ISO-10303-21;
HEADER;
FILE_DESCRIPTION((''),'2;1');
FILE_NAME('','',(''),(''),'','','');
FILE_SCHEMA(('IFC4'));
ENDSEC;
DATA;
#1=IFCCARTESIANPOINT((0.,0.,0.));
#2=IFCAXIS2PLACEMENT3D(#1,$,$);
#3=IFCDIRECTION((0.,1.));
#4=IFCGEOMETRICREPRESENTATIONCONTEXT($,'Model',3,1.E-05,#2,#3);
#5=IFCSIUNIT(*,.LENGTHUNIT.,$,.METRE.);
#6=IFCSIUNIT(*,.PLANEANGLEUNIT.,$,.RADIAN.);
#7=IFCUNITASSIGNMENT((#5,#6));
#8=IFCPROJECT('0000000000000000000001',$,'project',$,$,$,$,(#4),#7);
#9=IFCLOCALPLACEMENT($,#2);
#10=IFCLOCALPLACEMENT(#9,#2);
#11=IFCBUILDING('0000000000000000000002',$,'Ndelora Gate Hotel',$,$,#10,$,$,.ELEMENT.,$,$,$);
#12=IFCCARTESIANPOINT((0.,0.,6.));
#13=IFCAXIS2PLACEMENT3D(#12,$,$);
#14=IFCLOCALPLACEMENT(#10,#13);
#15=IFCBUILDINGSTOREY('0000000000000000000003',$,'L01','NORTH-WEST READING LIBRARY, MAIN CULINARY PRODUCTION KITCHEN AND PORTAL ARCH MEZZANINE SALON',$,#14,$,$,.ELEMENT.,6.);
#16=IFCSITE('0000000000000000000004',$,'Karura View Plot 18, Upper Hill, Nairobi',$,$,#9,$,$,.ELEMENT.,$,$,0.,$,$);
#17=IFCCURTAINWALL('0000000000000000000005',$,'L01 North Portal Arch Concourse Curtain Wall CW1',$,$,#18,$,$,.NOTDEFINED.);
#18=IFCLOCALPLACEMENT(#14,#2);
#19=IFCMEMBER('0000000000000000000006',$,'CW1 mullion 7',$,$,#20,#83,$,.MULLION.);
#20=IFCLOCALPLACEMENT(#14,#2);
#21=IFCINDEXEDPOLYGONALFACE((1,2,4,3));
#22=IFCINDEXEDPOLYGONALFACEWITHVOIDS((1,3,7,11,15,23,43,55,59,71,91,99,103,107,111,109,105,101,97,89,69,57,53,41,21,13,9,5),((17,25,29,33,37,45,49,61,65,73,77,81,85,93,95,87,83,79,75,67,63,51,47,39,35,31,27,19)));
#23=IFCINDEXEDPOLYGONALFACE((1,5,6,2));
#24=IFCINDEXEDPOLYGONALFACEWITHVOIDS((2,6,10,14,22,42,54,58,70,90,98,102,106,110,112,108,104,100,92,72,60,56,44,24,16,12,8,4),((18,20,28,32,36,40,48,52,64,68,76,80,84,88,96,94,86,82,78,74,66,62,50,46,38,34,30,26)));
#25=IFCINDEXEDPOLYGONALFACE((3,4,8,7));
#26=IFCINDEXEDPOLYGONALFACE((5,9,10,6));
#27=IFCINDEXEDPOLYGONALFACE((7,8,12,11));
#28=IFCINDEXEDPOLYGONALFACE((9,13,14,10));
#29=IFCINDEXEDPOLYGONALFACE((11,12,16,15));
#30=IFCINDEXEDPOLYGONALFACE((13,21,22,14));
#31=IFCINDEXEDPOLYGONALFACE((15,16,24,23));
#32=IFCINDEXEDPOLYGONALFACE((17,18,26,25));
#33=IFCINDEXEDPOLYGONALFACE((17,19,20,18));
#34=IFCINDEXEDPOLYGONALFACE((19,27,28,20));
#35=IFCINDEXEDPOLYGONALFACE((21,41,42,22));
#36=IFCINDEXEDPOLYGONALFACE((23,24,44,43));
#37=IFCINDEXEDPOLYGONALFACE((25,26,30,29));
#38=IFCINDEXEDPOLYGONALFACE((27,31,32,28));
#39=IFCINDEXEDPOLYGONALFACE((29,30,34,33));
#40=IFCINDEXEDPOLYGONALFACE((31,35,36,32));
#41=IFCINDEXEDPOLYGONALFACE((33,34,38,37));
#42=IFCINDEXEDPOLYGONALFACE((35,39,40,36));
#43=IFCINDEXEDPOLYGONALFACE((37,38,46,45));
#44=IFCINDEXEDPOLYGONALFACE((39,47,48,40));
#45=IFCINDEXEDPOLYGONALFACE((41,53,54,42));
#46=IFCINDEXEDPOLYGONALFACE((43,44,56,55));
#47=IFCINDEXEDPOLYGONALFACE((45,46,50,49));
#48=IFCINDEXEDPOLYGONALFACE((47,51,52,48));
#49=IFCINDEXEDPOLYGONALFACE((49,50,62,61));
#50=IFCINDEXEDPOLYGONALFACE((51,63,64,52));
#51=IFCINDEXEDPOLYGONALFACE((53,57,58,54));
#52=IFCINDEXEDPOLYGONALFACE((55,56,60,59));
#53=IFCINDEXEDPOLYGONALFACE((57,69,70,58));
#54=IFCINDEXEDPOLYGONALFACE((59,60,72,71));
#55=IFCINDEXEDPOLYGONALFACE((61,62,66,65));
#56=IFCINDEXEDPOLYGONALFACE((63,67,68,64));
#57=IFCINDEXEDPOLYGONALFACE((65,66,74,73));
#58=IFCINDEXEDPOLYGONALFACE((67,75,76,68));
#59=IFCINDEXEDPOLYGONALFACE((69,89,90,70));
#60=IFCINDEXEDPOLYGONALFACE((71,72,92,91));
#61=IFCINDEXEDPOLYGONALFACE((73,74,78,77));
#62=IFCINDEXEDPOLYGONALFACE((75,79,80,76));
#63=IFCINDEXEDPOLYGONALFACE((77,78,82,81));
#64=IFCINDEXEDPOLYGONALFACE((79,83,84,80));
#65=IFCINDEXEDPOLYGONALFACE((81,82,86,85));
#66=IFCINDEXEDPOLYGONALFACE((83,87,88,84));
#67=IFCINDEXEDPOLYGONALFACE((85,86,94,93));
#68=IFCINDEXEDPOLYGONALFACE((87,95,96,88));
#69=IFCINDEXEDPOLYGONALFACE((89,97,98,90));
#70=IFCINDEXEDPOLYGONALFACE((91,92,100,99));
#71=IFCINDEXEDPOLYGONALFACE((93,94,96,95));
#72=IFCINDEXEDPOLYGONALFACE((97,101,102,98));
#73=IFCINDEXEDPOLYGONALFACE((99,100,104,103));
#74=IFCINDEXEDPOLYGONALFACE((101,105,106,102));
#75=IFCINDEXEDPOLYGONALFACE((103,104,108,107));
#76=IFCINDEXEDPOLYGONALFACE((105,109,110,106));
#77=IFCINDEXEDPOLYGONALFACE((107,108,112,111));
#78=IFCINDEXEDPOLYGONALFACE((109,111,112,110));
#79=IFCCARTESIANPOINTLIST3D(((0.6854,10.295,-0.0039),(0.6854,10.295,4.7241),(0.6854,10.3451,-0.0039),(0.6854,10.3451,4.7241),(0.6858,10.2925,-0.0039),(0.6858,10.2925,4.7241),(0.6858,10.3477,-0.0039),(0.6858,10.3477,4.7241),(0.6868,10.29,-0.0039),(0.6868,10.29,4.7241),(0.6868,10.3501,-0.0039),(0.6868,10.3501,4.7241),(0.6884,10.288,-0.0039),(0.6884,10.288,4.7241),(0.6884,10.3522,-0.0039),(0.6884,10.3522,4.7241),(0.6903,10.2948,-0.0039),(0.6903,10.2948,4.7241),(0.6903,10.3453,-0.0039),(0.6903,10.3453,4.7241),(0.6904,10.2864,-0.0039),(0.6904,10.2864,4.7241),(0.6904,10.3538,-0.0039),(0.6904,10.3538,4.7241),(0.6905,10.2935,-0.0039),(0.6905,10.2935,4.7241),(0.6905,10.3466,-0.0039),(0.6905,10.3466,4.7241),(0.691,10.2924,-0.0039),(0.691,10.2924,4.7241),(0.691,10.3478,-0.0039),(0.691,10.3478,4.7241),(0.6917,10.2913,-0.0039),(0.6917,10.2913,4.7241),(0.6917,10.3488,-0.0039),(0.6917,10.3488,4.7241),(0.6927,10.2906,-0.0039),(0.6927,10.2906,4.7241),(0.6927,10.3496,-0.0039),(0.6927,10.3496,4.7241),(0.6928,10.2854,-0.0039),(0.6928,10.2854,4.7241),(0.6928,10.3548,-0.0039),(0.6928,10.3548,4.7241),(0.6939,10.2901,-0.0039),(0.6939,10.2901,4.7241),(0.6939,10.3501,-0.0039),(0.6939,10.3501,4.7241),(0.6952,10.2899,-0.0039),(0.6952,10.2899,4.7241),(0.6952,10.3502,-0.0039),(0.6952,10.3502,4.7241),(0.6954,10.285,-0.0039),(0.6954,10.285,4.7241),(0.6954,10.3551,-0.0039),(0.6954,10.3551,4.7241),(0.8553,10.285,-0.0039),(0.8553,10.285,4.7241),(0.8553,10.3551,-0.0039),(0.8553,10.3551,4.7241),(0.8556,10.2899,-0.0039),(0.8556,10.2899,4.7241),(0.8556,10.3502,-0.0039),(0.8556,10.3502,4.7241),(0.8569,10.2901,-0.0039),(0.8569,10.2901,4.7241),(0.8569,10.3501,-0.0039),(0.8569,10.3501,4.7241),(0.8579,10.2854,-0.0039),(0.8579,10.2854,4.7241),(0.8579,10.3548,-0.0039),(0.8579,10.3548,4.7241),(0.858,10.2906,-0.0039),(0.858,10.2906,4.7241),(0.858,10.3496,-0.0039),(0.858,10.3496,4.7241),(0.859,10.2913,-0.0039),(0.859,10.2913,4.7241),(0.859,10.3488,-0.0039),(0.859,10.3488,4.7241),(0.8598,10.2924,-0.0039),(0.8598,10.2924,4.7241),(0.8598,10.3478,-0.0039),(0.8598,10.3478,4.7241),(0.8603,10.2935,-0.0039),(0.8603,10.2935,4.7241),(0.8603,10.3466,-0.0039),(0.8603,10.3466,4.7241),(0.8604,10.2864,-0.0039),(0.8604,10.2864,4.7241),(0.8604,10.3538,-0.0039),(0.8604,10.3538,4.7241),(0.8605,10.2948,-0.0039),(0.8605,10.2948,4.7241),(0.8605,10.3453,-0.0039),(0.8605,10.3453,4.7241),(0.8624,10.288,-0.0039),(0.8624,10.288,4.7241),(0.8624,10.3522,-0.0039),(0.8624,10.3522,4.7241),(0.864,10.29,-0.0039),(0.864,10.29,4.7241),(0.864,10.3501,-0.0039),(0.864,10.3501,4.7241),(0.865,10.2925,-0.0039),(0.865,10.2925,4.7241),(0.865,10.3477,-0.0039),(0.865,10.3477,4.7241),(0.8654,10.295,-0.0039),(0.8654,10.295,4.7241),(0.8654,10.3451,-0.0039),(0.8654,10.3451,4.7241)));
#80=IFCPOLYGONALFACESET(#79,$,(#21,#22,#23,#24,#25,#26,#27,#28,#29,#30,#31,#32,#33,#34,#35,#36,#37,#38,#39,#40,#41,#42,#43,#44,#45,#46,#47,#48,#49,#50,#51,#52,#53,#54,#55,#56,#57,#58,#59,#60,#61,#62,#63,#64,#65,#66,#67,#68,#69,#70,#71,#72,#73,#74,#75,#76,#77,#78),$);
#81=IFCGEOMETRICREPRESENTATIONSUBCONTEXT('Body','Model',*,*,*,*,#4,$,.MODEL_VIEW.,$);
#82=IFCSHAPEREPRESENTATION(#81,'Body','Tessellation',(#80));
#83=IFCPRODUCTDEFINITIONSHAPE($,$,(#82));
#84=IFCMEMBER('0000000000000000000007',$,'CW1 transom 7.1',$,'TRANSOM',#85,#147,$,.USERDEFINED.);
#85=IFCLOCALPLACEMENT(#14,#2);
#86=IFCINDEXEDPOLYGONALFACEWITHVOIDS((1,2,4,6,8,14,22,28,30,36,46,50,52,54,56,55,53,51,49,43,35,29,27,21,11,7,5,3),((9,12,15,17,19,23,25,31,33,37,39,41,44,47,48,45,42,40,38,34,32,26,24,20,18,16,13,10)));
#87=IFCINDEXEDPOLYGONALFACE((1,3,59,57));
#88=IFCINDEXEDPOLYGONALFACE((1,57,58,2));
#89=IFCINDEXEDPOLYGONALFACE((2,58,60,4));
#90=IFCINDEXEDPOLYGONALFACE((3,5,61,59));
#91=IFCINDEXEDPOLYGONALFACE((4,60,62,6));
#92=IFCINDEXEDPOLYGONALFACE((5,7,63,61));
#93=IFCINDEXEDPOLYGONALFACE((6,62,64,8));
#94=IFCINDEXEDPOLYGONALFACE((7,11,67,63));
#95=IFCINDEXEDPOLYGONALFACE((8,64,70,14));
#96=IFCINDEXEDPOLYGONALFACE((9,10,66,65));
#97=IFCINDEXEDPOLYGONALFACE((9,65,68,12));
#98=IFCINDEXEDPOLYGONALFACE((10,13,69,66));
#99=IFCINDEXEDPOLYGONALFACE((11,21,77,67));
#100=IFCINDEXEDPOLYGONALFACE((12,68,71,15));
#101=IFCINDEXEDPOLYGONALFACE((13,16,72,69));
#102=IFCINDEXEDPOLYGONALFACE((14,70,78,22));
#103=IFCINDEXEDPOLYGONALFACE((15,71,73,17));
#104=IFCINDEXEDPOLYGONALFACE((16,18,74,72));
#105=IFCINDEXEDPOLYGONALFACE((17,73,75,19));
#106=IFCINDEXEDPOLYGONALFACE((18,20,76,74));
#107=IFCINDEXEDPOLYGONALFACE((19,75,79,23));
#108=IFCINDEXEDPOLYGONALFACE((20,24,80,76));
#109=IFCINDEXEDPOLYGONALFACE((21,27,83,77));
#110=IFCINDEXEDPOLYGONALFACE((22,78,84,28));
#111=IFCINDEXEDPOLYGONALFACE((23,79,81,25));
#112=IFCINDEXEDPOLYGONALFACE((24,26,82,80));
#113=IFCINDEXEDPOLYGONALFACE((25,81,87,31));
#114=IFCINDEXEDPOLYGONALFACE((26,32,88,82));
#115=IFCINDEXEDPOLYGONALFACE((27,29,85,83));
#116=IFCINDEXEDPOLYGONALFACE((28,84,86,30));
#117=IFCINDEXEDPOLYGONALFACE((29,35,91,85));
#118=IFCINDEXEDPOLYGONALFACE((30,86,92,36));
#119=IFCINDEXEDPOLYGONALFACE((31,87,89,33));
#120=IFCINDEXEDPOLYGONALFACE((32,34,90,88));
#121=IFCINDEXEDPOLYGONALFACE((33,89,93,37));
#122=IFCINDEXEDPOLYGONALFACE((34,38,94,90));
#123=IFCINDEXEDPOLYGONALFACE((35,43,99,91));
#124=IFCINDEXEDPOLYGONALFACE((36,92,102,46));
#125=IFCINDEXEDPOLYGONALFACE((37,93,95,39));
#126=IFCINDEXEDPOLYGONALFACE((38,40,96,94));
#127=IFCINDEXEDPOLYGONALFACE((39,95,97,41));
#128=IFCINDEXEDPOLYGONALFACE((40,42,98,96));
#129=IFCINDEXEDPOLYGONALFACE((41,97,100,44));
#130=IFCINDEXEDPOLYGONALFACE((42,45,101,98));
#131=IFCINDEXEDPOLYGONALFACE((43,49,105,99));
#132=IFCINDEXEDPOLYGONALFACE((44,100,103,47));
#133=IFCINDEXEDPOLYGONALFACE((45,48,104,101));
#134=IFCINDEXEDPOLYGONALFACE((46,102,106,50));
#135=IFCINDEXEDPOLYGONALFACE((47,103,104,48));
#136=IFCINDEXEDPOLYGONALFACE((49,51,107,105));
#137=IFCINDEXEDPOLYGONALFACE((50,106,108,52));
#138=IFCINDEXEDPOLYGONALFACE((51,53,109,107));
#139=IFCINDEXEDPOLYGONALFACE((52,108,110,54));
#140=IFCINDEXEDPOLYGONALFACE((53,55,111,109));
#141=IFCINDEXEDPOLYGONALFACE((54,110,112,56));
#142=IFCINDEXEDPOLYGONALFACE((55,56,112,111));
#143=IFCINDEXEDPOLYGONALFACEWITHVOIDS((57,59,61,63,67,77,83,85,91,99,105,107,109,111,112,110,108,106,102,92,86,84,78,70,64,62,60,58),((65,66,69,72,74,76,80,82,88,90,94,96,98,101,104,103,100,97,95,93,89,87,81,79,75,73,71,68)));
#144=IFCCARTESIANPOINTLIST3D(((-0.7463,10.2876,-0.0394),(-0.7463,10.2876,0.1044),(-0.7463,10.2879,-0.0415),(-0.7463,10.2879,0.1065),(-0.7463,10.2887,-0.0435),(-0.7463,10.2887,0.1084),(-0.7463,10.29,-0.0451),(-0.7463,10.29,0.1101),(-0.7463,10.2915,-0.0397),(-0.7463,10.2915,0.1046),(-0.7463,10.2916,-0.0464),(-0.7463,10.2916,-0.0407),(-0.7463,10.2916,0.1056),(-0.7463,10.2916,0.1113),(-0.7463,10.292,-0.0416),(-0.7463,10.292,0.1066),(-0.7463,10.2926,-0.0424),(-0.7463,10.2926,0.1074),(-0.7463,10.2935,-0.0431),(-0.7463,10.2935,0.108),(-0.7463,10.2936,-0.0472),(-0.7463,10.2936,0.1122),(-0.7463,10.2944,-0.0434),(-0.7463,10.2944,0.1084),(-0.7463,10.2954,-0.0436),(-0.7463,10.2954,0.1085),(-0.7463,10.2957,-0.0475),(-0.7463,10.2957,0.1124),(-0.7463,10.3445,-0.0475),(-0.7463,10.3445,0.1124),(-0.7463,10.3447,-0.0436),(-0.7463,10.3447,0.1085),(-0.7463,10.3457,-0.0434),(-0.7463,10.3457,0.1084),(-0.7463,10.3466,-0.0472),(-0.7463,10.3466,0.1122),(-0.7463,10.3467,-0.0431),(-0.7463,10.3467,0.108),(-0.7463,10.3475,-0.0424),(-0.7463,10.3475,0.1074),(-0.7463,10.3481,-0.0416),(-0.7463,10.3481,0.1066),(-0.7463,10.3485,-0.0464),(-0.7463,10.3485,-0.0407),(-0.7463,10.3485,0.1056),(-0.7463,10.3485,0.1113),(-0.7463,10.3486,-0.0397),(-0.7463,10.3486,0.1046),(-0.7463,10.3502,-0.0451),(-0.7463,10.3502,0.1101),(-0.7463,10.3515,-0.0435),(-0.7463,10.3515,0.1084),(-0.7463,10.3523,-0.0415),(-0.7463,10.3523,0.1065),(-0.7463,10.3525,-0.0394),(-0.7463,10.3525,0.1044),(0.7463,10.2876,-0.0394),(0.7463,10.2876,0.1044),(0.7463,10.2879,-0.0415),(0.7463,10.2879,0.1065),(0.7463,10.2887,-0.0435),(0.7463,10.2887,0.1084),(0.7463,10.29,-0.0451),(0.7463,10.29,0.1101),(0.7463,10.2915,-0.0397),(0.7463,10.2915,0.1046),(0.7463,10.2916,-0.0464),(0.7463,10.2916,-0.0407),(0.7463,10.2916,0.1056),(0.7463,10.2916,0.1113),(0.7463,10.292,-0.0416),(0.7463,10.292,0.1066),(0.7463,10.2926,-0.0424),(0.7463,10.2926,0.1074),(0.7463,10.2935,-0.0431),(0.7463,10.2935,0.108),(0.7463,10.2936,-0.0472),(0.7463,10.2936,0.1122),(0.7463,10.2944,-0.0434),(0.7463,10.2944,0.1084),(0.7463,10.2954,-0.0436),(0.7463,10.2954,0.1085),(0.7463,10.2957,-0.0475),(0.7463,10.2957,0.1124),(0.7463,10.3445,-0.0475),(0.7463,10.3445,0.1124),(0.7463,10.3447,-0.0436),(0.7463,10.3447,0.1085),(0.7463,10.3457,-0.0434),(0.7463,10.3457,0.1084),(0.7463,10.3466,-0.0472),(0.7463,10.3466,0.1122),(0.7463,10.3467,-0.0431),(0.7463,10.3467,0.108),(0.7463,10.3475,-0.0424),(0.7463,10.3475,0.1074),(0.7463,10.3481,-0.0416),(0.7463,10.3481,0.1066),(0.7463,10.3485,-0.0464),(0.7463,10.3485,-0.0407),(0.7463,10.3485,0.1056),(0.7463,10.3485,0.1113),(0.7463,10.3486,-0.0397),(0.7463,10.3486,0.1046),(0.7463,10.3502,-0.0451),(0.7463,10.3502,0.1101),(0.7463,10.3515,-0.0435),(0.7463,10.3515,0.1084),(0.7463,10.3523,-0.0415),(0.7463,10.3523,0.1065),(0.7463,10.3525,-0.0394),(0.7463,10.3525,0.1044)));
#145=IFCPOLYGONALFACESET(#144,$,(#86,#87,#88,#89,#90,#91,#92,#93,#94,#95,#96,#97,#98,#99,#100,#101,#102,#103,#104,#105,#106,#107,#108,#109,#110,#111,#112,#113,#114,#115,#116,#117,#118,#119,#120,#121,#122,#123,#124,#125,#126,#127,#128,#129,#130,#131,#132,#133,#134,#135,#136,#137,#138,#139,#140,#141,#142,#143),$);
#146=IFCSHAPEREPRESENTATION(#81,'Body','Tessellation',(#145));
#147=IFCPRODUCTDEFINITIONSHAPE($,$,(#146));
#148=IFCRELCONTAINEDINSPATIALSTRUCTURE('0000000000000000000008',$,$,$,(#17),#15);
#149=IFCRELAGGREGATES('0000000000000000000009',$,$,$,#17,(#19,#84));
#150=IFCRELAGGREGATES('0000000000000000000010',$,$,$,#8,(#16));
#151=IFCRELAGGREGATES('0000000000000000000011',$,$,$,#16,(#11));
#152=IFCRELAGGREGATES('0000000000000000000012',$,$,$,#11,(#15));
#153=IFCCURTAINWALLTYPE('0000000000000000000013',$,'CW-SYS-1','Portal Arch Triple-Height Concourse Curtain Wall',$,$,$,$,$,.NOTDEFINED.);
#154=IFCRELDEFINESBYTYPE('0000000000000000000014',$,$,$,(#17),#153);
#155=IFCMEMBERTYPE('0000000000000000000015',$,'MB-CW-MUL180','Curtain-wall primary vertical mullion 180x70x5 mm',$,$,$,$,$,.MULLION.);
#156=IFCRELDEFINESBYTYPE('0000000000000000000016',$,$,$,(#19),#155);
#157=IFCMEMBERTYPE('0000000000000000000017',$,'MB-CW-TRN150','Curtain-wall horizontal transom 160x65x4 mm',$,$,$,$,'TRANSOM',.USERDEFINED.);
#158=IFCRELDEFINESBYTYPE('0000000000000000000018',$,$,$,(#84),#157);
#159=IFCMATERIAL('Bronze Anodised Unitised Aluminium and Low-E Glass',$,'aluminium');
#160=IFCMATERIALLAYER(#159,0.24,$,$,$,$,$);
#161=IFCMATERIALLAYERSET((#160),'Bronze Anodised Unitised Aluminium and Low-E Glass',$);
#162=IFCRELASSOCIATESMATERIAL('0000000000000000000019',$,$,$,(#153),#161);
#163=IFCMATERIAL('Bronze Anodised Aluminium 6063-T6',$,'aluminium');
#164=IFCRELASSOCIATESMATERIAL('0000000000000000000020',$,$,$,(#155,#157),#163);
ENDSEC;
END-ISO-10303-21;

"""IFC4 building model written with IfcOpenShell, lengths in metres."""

from ifc_helpers import new_model, si_unit, direction, frame, origin, origin_2d, place, context, subcontext, project, spatial, hollow_rectangle, extrude, material, layer, layer_set, material_profile, profile_set, type_object, element, aggregate, save


model = new_model("IFC4")

# Units and contexts
model_context = context("Model", 3, precision=1e-05, world=origin(), true_north=direction((0.0, 1.0)))
body_context = subcontext(model_context, "Body", "Model", "MODEL_VIEW")
ifc_project = project(units=[si_unit("LENGTHUNIT", "METRE"), si_unit("PLANEANGLEUNIT", "RADIAN")], contexts=[model_context])

# Site, building, storey
site_placement = place(None, origin())
site = spatial("IfcSite", under=ifc_project, at=site_placement, Name="Karura View Plot 18, Upper Hill, Nairobi", CompositionType="ELEMENT", RefElevation=0.0)
building_placement = place(site_placement, origin())
building = spatial("IfcBuilding", under=site, at=building_placement, Name="Ndelora Gate Hotel", CompositionType="ELEMENT")
storey_placement = place(building_placement, frame((0.0, 0.0, 6.0)))
storey = spatial("IfcBuildingStorey", under=building, at=storey_placement, Name="L01", Description="NORTH-WEST READING LIBRARY, MAIN CULINARY PRODUCTION KITCHEN AND PORTAL ARCH MEZZANINE SALON", CompositionType="ELEMENT", Elevation=6.0)

# Curtain wall, members
ifc_material_1 = material(Name="Bronze Anodised Unitised Aluminium and Low-E Glass", Category="aluminium")
ifc_layer_1 = layer(ifc_material_1, 0.24)
ifc_layer_set_1 = layer_set([ifc_layer_1], Name="Bronze Anodised Unitised Aluminium and Low-E Glass")
curtain_wall_type = type_object("IfcCurtainWallType", Name="CW-SYS-1", Description="Portal Arch Triple-Height Concourse Curtain Wall", PredefinedType="NOTDEFINED", material=ifc_layer_set_1)
curtain_wall_placement = place(storey_placement, origin())
curtain_wall = element("IfcCurtainWall", 1, at=curtain_wall_placement, inside=storey, type_object=curtain_wall_type, Name="L01 North Portal Arch Concourse Curtain Wall CW1", PredefinedType="NOTDEFINED")
ifc_material_2 = material(Name="Bronze Anodised Aluminium 6063-T6", Category="aluminium")
ifc_material_profile_1 = material_profile(ifc_material_2, hollow_rectangle(XDim=0.0701, YDim=0.1799, WallThickness=0.0049, InnerFilletRadius=0.0049, OuterFilletRadius=0.01, at=origin_2d()), Name="ALU 180x70x5")
ifc_profile_set_1 = profile_set([ifc_material_profile_1], Name="Bronze Anodised Aluminium 6063-T6")
member_type_1 = type_object("IfcMemberType", Name="MB-CW-MUL180", Description="Curtain-wall primary vertical mullion 180x70x5 mm", PredefinedType="MULLION", material=ifc_profile_set_1)
member_1_placement = place(storey_placement, frame((0.7754, 10.3201, -0.0039), z_axis=(0.0, 0.0, 1.0), x_axis=(0.0, -1.0, 0.0)))
member_1 = element("IfcMember", 2, at=member_1_placement, type_object=member_type_1, Name="CW1 mullion 7", PredefinedType="MULLION", context=body_context, shape_type="SweptSolid", body=[
    extrude(hollow_rectangle(XDim=0.0701, YDim=0.1799, WallThickness=0.0049, InnerFilletRadius=0.0049, OuterFilletRadius=0.01, at=origin_2d()), origin(), (0.0, 0.0, 1.0), 4.728),
])
ifc_material_profile_2 = material_profile(ifc_material_2, hollow_rectangle(XDim=0.0649, YDim=0.1599, WallThickness=0.0039, InnerFilletRadius=0.0039, OuterFilletRadius=0.0081, at=origin_2d()), Name="ALU 160x65x4")
ifc_profile_set_2 = profile_set([ifc_material_profile_2], Name="Bronze Anodised Aluminium 6063-T6")
member_type_2 = type_object("IfcMemberType", Name="MB-CW-TRN150", Description="Curtain-wall horizontal transom 160x65x4 mm", ElementType="TRANSOM", PredefinedType="USERDEFINED", material=ifc_profile_set_2)
member_2_placement = place(storey_placement, frame((0.7463, 10.3201, 0.0325), z_axis=(-1.0, 0.0, 0.0), x_axis=(0.0, -1.0, 0.0)))
member_2 = element("IfcMember", 3, at=member_2_placement, type_object=member_type_2, Name="CW1 transom 7.1", ObjectType="TRANSOM", PredefinedType="USERDEFINED", context=body_context, shape_type="SweptSolid", body=[
    extrude(hollow_rectangle(XDim=0.0649, YDim=0.1599, WallThickness=0.0039, InnerFilletRadius=0.0039, OuterFilletRadius=0.0081, at=origin_2d()), origin(), (0.0, 0.0, 1.0), 1.4927),
])
aggregate(curtain_wall, [member_1, member_2])

save(model, "model.ifc")
